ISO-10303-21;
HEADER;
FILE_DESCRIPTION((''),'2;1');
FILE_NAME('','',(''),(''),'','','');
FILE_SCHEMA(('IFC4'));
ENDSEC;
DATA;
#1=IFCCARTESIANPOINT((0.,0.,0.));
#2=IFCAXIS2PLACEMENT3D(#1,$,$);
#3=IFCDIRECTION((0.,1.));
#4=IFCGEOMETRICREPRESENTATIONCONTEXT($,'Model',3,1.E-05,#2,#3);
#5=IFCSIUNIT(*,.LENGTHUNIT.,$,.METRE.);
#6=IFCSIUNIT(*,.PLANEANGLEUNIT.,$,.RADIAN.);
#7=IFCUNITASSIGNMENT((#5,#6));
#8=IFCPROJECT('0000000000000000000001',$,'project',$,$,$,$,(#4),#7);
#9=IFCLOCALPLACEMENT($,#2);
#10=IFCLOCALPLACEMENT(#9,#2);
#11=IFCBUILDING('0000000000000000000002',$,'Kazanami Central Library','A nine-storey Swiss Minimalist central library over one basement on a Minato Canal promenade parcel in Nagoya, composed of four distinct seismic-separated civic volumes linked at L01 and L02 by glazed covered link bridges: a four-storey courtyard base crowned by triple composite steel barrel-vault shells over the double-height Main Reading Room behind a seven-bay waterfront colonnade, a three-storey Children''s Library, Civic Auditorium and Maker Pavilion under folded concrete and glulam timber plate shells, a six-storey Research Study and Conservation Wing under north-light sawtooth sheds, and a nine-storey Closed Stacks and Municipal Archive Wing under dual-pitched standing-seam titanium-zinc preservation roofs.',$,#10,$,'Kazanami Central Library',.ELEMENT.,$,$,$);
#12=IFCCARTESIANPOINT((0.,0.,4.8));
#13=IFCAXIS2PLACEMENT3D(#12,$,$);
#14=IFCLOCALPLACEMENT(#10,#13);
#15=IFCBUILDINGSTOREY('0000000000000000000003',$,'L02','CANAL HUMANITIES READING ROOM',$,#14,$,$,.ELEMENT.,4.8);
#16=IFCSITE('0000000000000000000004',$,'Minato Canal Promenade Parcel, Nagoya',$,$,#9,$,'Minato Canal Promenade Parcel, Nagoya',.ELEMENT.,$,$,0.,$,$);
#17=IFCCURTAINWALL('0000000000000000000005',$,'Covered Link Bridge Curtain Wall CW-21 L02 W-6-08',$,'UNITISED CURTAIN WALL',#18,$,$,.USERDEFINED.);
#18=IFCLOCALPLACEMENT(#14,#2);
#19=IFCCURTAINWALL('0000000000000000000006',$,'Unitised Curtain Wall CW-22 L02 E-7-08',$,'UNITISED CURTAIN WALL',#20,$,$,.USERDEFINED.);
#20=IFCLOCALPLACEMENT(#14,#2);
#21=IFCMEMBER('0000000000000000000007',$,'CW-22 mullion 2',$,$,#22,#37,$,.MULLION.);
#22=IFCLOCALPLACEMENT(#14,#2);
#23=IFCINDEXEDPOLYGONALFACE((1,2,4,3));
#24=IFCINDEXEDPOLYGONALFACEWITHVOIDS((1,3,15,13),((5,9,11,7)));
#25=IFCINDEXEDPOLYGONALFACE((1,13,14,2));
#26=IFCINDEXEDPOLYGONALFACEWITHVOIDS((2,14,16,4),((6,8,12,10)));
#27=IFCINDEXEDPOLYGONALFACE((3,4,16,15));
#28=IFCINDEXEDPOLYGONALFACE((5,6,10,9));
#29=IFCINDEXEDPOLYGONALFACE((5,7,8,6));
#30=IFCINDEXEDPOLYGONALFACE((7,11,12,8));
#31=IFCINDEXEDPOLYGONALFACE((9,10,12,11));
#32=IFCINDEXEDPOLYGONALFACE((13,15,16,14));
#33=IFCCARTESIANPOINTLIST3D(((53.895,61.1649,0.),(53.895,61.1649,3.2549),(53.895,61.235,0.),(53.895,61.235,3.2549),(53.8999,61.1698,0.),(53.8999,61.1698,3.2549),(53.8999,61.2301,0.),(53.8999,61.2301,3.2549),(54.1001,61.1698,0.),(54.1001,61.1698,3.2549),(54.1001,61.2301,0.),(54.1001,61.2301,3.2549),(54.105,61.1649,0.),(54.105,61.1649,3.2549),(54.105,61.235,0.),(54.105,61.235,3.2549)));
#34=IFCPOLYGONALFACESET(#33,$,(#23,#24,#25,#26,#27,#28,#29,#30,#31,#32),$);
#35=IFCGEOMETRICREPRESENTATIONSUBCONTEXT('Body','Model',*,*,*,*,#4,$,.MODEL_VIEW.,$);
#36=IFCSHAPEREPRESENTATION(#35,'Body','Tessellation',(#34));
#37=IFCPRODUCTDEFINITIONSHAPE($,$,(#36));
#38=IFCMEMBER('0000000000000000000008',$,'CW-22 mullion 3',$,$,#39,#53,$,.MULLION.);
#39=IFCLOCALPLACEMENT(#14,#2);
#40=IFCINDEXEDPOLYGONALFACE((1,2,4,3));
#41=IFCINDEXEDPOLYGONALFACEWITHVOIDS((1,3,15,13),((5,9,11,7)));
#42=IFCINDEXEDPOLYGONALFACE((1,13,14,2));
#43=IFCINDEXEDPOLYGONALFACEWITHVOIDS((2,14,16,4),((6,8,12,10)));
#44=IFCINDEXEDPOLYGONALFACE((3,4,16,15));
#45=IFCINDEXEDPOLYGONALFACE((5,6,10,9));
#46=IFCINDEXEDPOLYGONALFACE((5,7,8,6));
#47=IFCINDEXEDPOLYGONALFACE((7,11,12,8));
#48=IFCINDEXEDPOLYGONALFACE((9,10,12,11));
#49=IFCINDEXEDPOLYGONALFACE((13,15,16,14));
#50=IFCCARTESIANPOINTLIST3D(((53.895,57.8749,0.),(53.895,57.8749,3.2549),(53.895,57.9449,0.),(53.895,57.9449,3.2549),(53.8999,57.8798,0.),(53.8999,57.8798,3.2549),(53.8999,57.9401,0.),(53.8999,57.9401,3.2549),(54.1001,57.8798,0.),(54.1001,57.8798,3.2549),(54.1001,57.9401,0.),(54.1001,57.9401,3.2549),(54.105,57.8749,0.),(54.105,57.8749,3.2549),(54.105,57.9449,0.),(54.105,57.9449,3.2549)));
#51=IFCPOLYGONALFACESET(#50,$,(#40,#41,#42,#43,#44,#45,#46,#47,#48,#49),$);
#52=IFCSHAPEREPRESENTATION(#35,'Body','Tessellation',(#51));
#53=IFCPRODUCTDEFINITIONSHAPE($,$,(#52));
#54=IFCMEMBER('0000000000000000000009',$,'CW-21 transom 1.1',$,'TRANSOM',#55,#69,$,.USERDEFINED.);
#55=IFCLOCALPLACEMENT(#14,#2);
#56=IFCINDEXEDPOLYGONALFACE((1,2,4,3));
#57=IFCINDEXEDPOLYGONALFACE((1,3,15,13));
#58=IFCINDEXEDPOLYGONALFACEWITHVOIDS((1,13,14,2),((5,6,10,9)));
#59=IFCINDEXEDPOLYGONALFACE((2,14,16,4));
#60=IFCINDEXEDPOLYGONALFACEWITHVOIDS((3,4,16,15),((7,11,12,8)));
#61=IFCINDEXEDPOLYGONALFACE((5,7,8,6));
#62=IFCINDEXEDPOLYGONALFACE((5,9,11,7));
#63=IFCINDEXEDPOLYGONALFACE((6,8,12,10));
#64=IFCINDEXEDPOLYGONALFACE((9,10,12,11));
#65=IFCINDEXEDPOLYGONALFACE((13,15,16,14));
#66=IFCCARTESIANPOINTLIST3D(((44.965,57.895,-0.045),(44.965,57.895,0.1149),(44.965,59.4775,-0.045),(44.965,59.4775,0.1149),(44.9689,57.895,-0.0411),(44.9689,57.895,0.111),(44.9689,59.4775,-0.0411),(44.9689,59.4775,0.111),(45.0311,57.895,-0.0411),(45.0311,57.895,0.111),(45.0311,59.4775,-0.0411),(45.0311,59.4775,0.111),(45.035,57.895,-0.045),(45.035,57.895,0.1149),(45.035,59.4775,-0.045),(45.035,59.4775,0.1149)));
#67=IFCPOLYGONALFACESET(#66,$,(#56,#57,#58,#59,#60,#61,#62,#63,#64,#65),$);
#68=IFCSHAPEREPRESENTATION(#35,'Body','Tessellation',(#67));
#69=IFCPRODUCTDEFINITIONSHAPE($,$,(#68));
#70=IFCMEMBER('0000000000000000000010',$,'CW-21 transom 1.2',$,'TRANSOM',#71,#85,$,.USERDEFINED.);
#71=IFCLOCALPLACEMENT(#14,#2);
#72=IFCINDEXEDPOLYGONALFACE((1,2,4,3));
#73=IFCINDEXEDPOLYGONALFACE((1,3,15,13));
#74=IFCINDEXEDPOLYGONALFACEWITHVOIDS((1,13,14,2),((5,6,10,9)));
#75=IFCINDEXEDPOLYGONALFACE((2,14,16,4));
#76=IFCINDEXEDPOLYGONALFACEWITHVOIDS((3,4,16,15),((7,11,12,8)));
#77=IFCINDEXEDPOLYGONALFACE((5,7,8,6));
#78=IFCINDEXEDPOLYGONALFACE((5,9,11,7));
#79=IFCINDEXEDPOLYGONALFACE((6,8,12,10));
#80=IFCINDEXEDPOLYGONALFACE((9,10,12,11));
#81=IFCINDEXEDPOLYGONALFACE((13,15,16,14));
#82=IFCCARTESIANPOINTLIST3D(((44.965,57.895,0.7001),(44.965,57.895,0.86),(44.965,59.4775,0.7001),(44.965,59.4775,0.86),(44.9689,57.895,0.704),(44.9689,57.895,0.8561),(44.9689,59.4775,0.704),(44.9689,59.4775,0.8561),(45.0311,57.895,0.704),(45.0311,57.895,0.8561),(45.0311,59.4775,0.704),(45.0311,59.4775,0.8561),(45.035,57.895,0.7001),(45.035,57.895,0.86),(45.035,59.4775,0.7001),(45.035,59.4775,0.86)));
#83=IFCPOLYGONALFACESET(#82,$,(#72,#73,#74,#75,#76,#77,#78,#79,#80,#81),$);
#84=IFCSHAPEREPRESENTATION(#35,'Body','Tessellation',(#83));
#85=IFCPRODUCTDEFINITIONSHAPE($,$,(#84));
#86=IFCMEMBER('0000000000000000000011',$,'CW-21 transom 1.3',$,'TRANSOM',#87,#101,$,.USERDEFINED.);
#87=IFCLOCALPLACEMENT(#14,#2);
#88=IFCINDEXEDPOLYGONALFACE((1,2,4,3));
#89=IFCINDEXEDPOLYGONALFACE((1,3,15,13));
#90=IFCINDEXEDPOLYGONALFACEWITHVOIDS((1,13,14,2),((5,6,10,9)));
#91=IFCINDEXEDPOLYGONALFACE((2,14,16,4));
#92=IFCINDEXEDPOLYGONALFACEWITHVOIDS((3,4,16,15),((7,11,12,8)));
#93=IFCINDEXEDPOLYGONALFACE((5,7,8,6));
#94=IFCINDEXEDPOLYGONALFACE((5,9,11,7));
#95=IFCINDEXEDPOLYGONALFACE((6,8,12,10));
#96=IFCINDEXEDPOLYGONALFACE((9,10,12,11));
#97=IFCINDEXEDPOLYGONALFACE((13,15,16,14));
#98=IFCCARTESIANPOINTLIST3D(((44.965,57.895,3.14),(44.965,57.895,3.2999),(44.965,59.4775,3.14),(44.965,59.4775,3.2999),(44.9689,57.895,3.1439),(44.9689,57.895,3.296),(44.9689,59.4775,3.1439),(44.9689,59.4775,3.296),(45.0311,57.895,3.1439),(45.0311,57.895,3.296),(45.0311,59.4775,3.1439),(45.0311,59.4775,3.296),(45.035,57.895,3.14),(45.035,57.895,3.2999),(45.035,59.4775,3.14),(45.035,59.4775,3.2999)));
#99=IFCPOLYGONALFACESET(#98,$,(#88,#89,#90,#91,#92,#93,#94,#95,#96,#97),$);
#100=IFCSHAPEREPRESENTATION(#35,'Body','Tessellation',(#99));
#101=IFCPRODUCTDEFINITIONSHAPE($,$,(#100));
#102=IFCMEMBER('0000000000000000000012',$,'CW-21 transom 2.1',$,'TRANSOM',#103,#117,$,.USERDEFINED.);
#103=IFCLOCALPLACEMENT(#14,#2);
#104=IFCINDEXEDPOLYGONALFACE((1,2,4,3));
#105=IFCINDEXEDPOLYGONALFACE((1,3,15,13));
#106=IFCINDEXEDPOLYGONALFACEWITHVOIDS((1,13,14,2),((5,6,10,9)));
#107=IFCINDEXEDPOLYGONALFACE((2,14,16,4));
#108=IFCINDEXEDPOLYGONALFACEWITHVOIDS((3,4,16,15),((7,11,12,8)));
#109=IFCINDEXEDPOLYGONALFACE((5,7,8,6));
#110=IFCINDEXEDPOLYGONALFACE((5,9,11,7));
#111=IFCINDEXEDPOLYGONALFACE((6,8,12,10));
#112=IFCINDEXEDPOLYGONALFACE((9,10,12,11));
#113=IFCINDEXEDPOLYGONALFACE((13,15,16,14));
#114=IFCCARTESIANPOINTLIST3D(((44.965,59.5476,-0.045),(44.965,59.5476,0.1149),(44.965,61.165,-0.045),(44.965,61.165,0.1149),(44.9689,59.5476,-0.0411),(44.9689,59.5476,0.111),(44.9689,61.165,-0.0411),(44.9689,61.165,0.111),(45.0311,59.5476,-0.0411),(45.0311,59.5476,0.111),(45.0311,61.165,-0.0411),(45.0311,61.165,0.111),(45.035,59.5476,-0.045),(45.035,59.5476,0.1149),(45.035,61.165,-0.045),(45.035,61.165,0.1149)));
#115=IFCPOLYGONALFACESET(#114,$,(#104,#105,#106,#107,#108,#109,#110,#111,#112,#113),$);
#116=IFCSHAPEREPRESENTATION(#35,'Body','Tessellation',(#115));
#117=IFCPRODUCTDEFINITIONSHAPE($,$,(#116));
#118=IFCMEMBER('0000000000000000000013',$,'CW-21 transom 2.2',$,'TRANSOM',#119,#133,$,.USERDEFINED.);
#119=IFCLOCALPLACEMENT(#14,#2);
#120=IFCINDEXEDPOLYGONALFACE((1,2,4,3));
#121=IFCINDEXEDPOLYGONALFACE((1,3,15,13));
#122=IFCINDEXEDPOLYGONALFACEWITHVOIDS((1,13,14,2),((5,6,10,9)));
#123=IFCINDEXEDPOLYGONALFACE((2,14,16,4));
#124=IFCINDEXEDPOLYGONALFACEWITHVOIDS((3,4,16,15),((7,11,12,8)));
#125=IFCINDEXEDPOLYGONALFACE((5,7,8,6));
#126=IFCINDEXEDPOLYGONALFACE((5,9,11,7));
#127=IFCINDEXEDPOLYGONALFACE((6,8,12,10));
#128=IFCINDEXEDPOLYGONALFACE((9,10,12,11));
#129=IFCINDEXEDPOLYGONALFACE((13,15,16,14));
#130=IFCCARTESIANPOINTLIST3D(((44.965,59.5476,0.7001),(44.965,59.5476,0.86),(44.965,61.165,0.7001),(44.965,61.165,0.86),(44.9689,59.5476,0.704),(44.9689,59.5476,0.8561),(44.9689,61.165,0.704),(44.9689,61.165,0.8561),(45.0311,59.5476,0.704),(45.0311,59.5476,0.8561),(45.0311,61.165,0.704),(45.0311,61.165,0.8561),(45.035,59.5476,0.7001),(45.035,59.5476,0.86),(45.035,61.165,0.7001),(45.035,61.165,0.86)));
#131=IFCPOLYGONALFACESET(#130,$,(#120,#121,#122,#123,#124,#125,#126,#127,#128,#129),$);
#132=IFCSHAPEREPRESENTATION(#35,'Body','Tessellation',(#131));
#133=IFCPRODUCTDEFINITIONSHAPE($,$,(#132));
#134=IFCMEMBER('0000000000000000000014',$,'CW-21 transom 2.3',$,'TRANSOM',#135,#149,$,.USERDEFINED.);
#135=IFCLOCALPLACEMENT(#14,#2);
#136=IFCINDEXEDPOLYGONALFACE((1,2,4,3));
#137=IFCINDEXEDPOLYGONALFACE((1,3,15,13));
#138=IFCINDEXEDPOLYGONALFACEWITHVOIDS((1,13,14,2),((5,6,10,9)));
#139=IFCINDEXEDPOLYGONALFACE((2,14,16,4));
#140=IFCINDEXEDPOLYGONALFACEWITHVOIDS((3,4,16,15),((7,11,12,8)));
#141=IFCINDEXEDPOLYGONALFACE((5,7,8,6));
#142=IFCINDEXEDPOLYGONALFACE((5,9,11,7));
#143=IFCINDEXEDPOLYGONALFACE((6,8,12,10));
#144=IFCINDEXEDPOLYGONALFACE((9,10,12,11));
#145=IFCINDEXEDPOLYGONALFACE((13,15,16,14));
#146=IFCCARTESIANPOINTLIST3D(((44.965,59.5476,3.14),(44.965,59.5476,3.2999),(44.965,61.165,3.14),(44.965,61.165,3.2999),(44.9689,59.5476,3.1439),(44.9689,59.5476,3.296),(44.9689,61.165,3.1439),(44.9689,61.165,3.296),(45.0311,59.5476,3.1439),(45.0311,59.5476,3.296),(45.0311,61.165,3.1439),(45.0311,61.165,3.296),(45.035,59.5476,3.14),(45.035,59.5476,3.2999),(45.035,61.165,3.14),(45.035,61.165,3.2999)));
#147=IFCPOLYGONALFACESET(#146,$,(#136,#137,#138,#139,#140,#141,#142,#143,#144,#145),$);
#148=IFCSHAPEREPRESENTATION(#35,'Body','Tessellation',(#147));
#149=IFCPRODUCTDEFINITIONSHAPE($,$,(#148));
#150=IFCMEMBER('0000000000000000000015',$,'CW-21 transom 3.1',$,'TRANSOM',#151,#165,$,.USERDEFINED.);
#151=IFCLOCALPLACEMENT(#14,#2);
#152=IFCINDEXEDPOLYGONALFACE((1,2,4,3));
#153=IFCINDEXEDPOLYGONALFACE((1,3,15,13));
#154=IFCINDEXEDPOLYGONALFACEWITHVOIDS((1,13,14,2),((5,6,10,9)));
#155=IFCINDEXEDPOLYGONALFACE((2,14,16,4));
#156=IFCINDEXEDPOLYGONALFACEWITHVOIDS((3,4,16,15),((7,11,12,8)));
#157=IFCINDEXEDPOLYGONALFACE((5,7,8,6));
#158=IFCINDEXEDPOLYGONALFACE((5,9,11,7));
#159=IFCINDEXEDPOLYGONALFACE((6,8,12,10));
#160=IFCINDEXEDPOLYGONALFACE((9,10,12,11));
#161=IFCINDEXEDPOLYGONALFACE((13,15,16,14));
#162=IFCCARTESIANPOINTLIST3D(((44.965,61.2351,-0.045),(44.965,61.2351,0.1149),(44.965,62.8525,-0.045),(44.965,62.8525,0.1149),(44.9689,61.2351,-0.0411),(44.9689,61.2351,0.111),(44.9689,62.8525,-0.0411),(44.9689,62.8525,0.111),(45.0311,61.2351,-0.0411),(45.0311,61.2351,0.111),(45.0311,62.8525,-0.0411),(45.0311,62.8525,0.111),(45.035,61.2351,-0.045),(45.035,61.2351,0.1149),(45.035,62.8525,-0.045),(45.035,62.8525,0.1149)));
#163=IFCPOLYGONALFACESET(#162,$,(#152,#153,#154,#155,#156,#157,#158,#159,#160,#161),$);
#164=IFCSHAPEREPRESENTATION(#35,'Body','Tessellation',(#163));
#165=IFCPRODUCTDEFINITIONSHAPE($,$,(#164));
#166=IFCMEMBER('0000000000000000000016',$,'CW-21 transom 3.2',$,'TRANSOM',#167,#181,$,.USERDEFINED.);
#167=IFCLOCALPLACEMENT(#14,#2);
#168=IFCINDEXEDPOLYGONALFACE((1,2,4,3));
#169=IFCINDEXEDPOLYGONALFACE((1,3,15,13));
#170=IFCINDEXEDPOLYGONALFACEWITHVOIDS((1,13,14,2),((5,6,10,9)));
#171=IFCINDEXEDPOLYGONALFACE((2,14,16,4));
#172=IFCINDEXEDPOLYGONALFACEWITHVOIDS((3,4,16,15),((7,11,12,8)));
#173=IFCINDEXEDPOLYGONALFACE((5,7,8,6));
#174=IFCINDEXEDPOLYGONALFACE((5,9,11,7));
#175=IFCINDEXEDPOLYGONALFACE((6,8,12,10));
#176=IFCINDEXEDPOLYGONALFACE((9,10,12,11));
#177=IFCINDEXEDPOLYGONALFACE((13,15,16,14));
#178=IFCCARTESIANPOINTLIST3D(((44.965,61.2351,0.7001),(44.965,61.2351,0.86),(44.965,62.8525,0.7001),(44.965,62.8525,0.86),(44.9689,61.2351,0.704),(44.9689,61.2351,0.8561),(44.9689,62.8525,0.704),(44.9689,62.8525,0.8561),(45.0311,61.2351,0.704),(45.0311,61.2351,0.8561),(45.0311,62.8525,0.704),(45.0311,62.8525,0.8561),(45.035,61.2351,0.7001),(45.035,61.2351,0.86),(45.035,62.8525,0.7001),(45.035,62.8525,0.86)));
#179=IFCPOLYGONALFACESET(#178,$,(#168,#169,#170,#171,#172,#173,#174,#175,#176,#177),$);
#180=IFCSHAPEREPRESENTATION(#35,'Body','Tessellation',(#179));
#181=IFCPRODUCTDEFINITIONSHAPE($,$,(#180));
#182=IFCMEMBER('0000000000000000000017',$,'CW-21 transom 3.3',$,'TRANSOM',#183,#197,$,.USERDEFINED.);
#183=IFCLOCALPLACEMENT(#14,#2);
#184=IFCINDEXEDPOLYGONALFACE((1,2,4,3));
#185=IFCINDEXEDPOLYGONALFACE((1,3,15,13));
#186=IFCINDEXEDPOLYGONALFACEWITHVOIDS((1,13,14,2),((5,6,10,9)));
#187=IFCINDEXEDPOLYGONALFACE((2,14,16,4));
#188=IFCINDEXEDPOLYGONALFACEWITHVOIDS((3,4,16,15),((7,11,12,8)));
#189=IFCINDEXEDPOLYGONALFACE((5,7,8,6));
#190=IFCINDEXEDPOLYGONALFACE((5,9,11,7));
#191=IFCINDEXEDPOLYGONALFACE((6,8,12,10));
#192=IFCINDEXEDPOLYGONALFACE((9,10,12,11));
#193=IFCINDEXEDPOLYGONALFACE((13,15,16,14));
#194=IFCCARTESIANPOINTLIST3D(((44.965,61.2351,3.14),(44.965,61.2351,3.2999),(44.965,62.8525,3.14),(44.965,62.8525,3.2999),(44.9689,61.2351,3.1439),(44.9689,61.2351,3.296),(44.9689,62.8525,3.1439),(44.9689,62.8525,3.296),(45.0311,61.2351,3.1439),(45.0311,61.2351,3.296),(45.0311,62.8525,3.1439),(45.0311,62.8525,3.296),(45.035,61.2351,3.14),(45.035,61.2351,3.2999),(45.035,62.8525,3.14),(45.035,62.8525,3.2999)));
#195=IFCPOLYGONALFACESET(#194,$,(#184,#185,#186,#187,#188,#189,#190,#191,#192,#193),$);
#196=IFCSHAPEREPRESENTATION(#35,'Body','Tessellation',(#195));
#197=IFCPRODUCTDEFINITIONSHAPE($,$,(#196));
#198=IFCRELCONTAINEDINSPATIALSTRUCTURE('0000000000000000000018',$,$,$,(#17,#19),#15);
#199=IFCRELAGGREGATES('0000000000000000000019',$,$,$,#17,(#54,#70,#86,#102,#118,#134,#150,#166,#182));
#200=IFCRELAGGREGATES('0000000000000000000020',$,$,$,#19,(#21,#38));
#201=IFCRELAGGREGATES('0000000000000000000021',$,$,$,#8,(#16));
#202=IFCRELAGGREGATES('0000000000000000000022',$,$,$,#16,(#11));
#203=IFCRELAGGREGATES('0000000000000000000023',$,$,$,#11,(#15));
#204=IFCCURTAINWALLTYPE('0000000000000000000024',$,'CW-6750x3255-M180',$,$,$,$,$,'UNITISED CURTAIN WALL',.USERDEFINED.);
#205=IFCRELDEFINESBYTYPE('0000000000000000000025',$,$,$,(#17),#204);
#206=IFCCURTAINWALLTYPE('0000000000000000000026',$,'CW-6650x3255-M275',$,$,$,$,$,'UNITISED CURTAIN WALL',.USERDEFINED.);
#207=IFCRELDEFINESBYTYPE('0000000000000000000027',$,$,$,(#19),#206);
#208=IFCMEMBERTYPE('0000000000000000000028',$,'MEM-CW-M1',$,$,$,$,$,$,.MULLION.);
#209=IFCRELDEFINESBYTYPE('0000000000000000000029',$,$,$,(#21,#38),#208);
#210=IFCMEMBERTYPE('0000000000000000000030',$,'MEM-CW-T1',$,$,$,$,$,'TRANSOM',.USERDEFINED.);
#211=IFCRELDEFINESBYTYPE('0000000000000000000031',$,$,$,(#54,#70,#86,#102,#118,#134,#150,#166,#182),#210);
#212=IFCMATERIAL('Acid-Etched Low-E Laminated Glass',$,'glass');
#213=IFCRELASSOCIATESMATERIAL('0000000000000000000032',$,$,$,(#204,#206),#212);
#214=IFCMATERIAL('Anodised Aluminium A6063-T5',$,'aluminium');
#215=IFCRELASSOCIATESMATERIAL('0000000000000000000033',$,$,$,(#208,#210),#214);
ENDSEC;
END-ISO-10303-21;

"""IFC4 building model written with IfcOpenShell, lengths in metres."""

from ifc_helpers import new_model, si_unit, direction, frame, origin, origin_2d, place, context, subcontext, project, spatial, hollow_rectangle, extrude, material, material_profile, profile_set, type_object, element, aggregate, save


model = new_model("IFC4")

# Units and contexts
model_context = context("Model", 3, precision=1e-05, world=origin(), true_north=direction((0.0, 1.0)))
body_context = subcontext(model_context, "Body", "Model", "MODEL_VIEW")
ifc_project = project(units=[si_unit("LENGTHUNIT", "METRE"), si_unit("PLANEANGLEUNIT", "RADIAN")], contexts=[model_context])

# Site, building, storey
site_placement = place(None, origin())
site = spatial("IfcSite", under=ifc_project, at=site_placement, Name="Minato Canal Promenade Parcel, Nagoya", LongName="Minato Canal Promenade Parcel, Nagoya", CompositionType="ELEMENT", RefElevation=0.0)
building_placement = place(site_placement, origin())
building = spatial("IfcBuilding", under=site, at=building_placement, Name="Kazanami Central Library", Description="A nine-storey Swiss Minimalist central library over one basement on a Minato Canal promenade parcel in Nagoya, composed of four distinct seismic-separated civic volumes linked at L01 and L02 by glazed covered link bridges: a four-storey courtyard base crowned by triple composite steel barrel-vault shells over the double-height Main Reading Room behind a seven-bay waterfront colonnade, a three-storey Children's Library, Civic Auditorium and Maker Pavilion under folded concrete and glulam timber plate shells, a six-storey Research Study and Conservation Wing under north-light sawtooth sheds, and a nine-storey Closed Stacks and Municipal Archive Wing under dual-pitched standing-seam titanium-zinc preservation roofs.", LongName="Kazanami Central Library", CompositionType="ELEMENT")
storey_placement = place(building_placement, frame((0.0, 0.0, 4.8)))
storey = spatial("IfcBuildingStorey", under=building, at=storey_placement, Name="L02", Description="CANAL HUMANITIES READING ROOM", CompositionType="ELEMENT", Elevation=4.8)

# Curtain walls, members
ifc_material_1 = material(Name="Acid-Etched Low-E Laminated Glass", Category="glass")
curtain_wall_type_1 = type_object("IfcCurtainWallType", Name="CW-6750x3255-M180", ElementType="UNITISED CURTAIN WALL", PredefinedType="USERDEFINED", material=ifc_material_1)
curtain_wall_1_placement = place(storey_placement, origin())
curtain_wall_1 = element("IfcCurtainWall", 1, at=curtain_wall_1_placement, inside=storey, type_object=curtain_wall_type_1, Name="Covered Link Bridge Curtain Wall CW-21 L02 W-6-08", ObjectType="UNITISED CURTAIN WALL", PredefinedType="USERDEFINED")
ifc_material_2 = material(Name="Anodised Aluminium A6063-T5", Category="aluminium")
ifc_material_profile_1 = material_profile(ifc_material_2, hollow_rectangle(XDim=0.0701, YDim=0.21, WallThickness=0.0049, at=origin_2d()), Name="ALU-MULL-70x210x5")
ifc_profile_set_1 = profile_set([ifc_material_profile_1], Name="Anodised Aluminium A6063-T5")
member_type_1 = type_object("IfcMemberType", Name="MEM-CW-M1", PredefinedType="MULLION", material=ifc_profile_set_1)
curtain_wall_type_2 = type_object("IfcCurtainWallType", Name="CW-6650x3255-M275", ElementType="UNITISED CURTAIN WALL", PredefinedType="USERDEFINED", material=ifc_material_1)
curtain_wall_2_placement = place(storey_placement, origin())
curtain_wall_2 = element("IfcCurtainWall", 2, at=curtain_wall_2_placement, inside=storey, type_object=curtain_wall_type_2, Name="Unitised Curtain Wall CW-22 L02 E-7-08", ObjectType="UNITISED CURTAIN WALL", PredefinedType="USERDEFINED")
member_1_placement = place(storey_placement, frame((54.0, 61.2, 0.0), z_axis=(0.0, 0.0, 1.0), x_axis=(0.0, -1.0, 0.0)))
member_1 = element("IfcMember", 3, at=member_1_placement, type_object=member_type_1, Name="CW-22 mullion 2", PredefinedType="MULLION", context=body_context, shape_type="SweptSolid", body=[
    extrude(hollow_rectangle(XDim=0.0701, YDim=0.21, WallThickness=0.0049, at=origin_2d()), origin(), (0.0, 0.0, 1.0), 3.2549),
])
member_2_placement = place(storey_placement, frame((54.0, 57.9099, 0.0), z_axis=(0.0, 0.0, 1.0), x_axis=(0.0, -1.0, 0.0)))
member_2 = element("IfcMember", 4, at=member_2_placement, type_object=member_type_1, Name="CW-22 mullion 3", PredefinedType="MULLION", context=body_context, shape_type="SweptSolid", body=[
    extrude(hollow_rectangle(XDim=0.0701, YDim=0.21, WallThickness=0.0049, at=origin_2d()), origin(), (0.0, 0.0, 1.0), 3.2549),
])

# Members
ifc_material_profile_2 = material_profile(ifc_material_2, hollow_rectangle(XDim=0.0701, YDim=0.1599, WallThickness=0.0039, at=origin_2d()), Name="ALU-TRAN-70x160x4")
ifc_profile_set_2 = profile_set([ifc_material_profile_2], Name="Anodised Aluminium A6063-T5")
member_type_2 = type_object("IfcMemberType", Name="MEM-CW-T1", ElementType="TRANSOM", PredefinedType="USERDEFINED", material=ifc_profile_set_2)
member_3_placement = place(storey_placement, frame((45.0, 57.895, 0.0349), z_axis=(0.0, 1.0, 0.0), x_axis=(-1.0, 0.0, 0.0)))
member_3 = element("IfcMember", 5, at=member_3_placement, type_object=member_type_2, Name="CW-21 transom 1.1", ObjectType="TRANSOM", PredefinedType="USERDEFINED", context=body_context, shape_type="SweptSolid", body=[
    extrude(hollow_rectangle(XDim=0.0701, YDim=0.1599, WallThickness=0.0039, at=origin_2d()), origin(), (0.0, 0.0, 1.0), 1.5825),
])
member_4_placement = place(storey_placement, frame((45.0, 57.895, 0.78), z_axis=(0.0, 1.0, 0.0), x_axis=(-1.0, 0.0, 0.0)))
member_4 = element("IfcMember", 6, at=member_4_placement, type_object=member_type_2, Name="CW-21 transom 1.2", ObjectType="TRANSOM", PredefinedType="USERDEFINED", context=body_context, shape_type="SweptSolid", body=[
    extrude(hollow_rectangle(XDim=0.0701, YDim=0.1599, WallThickness=0.0039, at=origin_2d()), origin(), (0.0, 0.0, 1.0), 1.5825),
])
member_5_placement = place(storey_placement, frame((45.0, 57.895, 3.22), z_axis=(0.0, 1.0, 0.0), x_axis=(-1.0, 0.0, 0.0)))
member_5 = element("IfcMember", 7, at=member_5_placement, type_object=member_type_2, Name="CW-21 transom 1.3", ObjectType="TRANSOM", PredefinedType="USERDEFINED", context=body_context, shape_type="SweptSolid", body=[
    extrude(hollow_rectangle(XDim=0.0701, YDim=0.1599, WallThickness=0.0039, at=origin_2d()), origin(), (0.0, 0.0, 1.0), 1.5825),
])
member_6_placement = place(storey_placement, frame((45.0, 59.5476, 0.0349), z_axis=(0.0, 1.0, 0.0), x_axis=(-1.0, 0.0, 0.0)))
member_6 = element("IfcMember", 8, at=member_6_placement, type_object=member_type_2, Name="CW-21 transom 2.1", ObjectType="TRANSOM", PredefinedType="USERDEFINED", context=body_context, shape_type="SweptSolid", body=[
    extrude(hollow_rectangle(XDim=0.0701, YDim=0.1599, WallThickness=0.0039, at=origin_2d()), origin(), (0.0, 0.0, 1.0), 1.6174),
])
member_7_placement = place(storey_placement, frame((45.0, 59.5476, 0.78), z_axis=(0.0, 1.0, 0.0), x_axis=(-1.0, 0.0, 0.0)))
member_7 = element("IfcMember", 9, at=member_7_placement, type_object=member_type_2, Name="CW-21 transom 2.2", ObjectType="TRANSOM", PredefinedType="USERDEFINED", context=body_context, shape_type="SweptSolid", body=[
    extrude(hollow_rectangle(XDim=0.0701, YDim=0.1599, WallThickness=0.0039, at=origin_2d()), origin(), (0.0, 0.0, 1.0), 1.6174),
])
member_8_placement = place(storey_placement, frame((45.0, 59.5476, 3.22), z_axis=(0.0, 1.0, 0.0), x_axis=(-1.0, 0.0, 0.0)))
member_8 = element("IfcMember", 10, at=member_8_placement, type_object=member_type_2, Name="CW-21 transom 2.3", ObjectType="TRANSOM", PredefinedType="USERDEFINED", context=body_context, shape_type="SweptSolid", body=[
    extrude(hollow_rectangle(XDim=0.0701, YDim=0.1599, WallThickness=0.0039, at=origin_2d()), origin(), (0.0, 0.0, 1.0), 1.6174),
])
member_9_placement = place(storey_placement, frame((45.0, 61.2351, 0.0349), z_axis=(0.0, 1.0, 0.0), x_axis=(-1.0, 0.0, 0.0)))
member_9 = element("IfcMember", 11, at=member_9_placement, type_object=member_type_2, Name="CW-21 transom 3.1", ObjectType="TRANSOM", PredefinedType="USERDEFINED", context=body_context, shape_type="SweptSolid", body=[
    extrude(hollow_rectangle(XDim=0.0701, YDim=0.1599, WallThickness=0.0039, at=origin_2d()), origin(), (0.0, 0.0, 1.0), 1.6174),
])
member_10_placement = place(storey_placement, frame((45.0, 61.2351, 0.78), z_axis=(0.0, 1.0, 0.0), x_axis=(-1.0, 0.0, 0.0)))
member_10 = element("IfcMember", 12, at=member_10_placement, type_object=member_type_2, Name="CW-21 transom 3.2", ObjectType="TRANSOM", PredefinedType="USERDEFINED", context=body_context, shape_type="SweptSolid", body=[
    extrude(hollow_rectangle(XDim=0.0701, YDim=0.1599, WallThickness=0.0039, at=origin_2d()), origin(), (0.0, 0.0, 1.0), 1.6174),
])
member_11_placement = place(storey_placement, frame((45.0, 61.2351, 3.22), z_axis=(0.0, 1.0, 0.0), x_axis=(-1.0, 0.0, 0.0)))
member_11 = element("IfcMember", 13, at=member_11_placement, type_object=member_type_2, Name="CW-21 transom 3.3", ObjectType="TRANSOM", PredefinedType="USERDEFINED", context=body_context, shape_type="SweptSolid", body=[
    extrude(hollow_rectangle(XDim=0.0701, YDim=0.1599, WallThickness=0.0039, at=origin_2d()), origin(), (0.0, 0.0, 1.0), 1.6174),
])

aggregate(curtain_wall_1, [member_3, member_4, member_5, member_6, member_7, member_8, member_9, member_10, member_11])
aggregate(curtain_wall_2, [member_1, member_2])

save(model, "model.ifc")
